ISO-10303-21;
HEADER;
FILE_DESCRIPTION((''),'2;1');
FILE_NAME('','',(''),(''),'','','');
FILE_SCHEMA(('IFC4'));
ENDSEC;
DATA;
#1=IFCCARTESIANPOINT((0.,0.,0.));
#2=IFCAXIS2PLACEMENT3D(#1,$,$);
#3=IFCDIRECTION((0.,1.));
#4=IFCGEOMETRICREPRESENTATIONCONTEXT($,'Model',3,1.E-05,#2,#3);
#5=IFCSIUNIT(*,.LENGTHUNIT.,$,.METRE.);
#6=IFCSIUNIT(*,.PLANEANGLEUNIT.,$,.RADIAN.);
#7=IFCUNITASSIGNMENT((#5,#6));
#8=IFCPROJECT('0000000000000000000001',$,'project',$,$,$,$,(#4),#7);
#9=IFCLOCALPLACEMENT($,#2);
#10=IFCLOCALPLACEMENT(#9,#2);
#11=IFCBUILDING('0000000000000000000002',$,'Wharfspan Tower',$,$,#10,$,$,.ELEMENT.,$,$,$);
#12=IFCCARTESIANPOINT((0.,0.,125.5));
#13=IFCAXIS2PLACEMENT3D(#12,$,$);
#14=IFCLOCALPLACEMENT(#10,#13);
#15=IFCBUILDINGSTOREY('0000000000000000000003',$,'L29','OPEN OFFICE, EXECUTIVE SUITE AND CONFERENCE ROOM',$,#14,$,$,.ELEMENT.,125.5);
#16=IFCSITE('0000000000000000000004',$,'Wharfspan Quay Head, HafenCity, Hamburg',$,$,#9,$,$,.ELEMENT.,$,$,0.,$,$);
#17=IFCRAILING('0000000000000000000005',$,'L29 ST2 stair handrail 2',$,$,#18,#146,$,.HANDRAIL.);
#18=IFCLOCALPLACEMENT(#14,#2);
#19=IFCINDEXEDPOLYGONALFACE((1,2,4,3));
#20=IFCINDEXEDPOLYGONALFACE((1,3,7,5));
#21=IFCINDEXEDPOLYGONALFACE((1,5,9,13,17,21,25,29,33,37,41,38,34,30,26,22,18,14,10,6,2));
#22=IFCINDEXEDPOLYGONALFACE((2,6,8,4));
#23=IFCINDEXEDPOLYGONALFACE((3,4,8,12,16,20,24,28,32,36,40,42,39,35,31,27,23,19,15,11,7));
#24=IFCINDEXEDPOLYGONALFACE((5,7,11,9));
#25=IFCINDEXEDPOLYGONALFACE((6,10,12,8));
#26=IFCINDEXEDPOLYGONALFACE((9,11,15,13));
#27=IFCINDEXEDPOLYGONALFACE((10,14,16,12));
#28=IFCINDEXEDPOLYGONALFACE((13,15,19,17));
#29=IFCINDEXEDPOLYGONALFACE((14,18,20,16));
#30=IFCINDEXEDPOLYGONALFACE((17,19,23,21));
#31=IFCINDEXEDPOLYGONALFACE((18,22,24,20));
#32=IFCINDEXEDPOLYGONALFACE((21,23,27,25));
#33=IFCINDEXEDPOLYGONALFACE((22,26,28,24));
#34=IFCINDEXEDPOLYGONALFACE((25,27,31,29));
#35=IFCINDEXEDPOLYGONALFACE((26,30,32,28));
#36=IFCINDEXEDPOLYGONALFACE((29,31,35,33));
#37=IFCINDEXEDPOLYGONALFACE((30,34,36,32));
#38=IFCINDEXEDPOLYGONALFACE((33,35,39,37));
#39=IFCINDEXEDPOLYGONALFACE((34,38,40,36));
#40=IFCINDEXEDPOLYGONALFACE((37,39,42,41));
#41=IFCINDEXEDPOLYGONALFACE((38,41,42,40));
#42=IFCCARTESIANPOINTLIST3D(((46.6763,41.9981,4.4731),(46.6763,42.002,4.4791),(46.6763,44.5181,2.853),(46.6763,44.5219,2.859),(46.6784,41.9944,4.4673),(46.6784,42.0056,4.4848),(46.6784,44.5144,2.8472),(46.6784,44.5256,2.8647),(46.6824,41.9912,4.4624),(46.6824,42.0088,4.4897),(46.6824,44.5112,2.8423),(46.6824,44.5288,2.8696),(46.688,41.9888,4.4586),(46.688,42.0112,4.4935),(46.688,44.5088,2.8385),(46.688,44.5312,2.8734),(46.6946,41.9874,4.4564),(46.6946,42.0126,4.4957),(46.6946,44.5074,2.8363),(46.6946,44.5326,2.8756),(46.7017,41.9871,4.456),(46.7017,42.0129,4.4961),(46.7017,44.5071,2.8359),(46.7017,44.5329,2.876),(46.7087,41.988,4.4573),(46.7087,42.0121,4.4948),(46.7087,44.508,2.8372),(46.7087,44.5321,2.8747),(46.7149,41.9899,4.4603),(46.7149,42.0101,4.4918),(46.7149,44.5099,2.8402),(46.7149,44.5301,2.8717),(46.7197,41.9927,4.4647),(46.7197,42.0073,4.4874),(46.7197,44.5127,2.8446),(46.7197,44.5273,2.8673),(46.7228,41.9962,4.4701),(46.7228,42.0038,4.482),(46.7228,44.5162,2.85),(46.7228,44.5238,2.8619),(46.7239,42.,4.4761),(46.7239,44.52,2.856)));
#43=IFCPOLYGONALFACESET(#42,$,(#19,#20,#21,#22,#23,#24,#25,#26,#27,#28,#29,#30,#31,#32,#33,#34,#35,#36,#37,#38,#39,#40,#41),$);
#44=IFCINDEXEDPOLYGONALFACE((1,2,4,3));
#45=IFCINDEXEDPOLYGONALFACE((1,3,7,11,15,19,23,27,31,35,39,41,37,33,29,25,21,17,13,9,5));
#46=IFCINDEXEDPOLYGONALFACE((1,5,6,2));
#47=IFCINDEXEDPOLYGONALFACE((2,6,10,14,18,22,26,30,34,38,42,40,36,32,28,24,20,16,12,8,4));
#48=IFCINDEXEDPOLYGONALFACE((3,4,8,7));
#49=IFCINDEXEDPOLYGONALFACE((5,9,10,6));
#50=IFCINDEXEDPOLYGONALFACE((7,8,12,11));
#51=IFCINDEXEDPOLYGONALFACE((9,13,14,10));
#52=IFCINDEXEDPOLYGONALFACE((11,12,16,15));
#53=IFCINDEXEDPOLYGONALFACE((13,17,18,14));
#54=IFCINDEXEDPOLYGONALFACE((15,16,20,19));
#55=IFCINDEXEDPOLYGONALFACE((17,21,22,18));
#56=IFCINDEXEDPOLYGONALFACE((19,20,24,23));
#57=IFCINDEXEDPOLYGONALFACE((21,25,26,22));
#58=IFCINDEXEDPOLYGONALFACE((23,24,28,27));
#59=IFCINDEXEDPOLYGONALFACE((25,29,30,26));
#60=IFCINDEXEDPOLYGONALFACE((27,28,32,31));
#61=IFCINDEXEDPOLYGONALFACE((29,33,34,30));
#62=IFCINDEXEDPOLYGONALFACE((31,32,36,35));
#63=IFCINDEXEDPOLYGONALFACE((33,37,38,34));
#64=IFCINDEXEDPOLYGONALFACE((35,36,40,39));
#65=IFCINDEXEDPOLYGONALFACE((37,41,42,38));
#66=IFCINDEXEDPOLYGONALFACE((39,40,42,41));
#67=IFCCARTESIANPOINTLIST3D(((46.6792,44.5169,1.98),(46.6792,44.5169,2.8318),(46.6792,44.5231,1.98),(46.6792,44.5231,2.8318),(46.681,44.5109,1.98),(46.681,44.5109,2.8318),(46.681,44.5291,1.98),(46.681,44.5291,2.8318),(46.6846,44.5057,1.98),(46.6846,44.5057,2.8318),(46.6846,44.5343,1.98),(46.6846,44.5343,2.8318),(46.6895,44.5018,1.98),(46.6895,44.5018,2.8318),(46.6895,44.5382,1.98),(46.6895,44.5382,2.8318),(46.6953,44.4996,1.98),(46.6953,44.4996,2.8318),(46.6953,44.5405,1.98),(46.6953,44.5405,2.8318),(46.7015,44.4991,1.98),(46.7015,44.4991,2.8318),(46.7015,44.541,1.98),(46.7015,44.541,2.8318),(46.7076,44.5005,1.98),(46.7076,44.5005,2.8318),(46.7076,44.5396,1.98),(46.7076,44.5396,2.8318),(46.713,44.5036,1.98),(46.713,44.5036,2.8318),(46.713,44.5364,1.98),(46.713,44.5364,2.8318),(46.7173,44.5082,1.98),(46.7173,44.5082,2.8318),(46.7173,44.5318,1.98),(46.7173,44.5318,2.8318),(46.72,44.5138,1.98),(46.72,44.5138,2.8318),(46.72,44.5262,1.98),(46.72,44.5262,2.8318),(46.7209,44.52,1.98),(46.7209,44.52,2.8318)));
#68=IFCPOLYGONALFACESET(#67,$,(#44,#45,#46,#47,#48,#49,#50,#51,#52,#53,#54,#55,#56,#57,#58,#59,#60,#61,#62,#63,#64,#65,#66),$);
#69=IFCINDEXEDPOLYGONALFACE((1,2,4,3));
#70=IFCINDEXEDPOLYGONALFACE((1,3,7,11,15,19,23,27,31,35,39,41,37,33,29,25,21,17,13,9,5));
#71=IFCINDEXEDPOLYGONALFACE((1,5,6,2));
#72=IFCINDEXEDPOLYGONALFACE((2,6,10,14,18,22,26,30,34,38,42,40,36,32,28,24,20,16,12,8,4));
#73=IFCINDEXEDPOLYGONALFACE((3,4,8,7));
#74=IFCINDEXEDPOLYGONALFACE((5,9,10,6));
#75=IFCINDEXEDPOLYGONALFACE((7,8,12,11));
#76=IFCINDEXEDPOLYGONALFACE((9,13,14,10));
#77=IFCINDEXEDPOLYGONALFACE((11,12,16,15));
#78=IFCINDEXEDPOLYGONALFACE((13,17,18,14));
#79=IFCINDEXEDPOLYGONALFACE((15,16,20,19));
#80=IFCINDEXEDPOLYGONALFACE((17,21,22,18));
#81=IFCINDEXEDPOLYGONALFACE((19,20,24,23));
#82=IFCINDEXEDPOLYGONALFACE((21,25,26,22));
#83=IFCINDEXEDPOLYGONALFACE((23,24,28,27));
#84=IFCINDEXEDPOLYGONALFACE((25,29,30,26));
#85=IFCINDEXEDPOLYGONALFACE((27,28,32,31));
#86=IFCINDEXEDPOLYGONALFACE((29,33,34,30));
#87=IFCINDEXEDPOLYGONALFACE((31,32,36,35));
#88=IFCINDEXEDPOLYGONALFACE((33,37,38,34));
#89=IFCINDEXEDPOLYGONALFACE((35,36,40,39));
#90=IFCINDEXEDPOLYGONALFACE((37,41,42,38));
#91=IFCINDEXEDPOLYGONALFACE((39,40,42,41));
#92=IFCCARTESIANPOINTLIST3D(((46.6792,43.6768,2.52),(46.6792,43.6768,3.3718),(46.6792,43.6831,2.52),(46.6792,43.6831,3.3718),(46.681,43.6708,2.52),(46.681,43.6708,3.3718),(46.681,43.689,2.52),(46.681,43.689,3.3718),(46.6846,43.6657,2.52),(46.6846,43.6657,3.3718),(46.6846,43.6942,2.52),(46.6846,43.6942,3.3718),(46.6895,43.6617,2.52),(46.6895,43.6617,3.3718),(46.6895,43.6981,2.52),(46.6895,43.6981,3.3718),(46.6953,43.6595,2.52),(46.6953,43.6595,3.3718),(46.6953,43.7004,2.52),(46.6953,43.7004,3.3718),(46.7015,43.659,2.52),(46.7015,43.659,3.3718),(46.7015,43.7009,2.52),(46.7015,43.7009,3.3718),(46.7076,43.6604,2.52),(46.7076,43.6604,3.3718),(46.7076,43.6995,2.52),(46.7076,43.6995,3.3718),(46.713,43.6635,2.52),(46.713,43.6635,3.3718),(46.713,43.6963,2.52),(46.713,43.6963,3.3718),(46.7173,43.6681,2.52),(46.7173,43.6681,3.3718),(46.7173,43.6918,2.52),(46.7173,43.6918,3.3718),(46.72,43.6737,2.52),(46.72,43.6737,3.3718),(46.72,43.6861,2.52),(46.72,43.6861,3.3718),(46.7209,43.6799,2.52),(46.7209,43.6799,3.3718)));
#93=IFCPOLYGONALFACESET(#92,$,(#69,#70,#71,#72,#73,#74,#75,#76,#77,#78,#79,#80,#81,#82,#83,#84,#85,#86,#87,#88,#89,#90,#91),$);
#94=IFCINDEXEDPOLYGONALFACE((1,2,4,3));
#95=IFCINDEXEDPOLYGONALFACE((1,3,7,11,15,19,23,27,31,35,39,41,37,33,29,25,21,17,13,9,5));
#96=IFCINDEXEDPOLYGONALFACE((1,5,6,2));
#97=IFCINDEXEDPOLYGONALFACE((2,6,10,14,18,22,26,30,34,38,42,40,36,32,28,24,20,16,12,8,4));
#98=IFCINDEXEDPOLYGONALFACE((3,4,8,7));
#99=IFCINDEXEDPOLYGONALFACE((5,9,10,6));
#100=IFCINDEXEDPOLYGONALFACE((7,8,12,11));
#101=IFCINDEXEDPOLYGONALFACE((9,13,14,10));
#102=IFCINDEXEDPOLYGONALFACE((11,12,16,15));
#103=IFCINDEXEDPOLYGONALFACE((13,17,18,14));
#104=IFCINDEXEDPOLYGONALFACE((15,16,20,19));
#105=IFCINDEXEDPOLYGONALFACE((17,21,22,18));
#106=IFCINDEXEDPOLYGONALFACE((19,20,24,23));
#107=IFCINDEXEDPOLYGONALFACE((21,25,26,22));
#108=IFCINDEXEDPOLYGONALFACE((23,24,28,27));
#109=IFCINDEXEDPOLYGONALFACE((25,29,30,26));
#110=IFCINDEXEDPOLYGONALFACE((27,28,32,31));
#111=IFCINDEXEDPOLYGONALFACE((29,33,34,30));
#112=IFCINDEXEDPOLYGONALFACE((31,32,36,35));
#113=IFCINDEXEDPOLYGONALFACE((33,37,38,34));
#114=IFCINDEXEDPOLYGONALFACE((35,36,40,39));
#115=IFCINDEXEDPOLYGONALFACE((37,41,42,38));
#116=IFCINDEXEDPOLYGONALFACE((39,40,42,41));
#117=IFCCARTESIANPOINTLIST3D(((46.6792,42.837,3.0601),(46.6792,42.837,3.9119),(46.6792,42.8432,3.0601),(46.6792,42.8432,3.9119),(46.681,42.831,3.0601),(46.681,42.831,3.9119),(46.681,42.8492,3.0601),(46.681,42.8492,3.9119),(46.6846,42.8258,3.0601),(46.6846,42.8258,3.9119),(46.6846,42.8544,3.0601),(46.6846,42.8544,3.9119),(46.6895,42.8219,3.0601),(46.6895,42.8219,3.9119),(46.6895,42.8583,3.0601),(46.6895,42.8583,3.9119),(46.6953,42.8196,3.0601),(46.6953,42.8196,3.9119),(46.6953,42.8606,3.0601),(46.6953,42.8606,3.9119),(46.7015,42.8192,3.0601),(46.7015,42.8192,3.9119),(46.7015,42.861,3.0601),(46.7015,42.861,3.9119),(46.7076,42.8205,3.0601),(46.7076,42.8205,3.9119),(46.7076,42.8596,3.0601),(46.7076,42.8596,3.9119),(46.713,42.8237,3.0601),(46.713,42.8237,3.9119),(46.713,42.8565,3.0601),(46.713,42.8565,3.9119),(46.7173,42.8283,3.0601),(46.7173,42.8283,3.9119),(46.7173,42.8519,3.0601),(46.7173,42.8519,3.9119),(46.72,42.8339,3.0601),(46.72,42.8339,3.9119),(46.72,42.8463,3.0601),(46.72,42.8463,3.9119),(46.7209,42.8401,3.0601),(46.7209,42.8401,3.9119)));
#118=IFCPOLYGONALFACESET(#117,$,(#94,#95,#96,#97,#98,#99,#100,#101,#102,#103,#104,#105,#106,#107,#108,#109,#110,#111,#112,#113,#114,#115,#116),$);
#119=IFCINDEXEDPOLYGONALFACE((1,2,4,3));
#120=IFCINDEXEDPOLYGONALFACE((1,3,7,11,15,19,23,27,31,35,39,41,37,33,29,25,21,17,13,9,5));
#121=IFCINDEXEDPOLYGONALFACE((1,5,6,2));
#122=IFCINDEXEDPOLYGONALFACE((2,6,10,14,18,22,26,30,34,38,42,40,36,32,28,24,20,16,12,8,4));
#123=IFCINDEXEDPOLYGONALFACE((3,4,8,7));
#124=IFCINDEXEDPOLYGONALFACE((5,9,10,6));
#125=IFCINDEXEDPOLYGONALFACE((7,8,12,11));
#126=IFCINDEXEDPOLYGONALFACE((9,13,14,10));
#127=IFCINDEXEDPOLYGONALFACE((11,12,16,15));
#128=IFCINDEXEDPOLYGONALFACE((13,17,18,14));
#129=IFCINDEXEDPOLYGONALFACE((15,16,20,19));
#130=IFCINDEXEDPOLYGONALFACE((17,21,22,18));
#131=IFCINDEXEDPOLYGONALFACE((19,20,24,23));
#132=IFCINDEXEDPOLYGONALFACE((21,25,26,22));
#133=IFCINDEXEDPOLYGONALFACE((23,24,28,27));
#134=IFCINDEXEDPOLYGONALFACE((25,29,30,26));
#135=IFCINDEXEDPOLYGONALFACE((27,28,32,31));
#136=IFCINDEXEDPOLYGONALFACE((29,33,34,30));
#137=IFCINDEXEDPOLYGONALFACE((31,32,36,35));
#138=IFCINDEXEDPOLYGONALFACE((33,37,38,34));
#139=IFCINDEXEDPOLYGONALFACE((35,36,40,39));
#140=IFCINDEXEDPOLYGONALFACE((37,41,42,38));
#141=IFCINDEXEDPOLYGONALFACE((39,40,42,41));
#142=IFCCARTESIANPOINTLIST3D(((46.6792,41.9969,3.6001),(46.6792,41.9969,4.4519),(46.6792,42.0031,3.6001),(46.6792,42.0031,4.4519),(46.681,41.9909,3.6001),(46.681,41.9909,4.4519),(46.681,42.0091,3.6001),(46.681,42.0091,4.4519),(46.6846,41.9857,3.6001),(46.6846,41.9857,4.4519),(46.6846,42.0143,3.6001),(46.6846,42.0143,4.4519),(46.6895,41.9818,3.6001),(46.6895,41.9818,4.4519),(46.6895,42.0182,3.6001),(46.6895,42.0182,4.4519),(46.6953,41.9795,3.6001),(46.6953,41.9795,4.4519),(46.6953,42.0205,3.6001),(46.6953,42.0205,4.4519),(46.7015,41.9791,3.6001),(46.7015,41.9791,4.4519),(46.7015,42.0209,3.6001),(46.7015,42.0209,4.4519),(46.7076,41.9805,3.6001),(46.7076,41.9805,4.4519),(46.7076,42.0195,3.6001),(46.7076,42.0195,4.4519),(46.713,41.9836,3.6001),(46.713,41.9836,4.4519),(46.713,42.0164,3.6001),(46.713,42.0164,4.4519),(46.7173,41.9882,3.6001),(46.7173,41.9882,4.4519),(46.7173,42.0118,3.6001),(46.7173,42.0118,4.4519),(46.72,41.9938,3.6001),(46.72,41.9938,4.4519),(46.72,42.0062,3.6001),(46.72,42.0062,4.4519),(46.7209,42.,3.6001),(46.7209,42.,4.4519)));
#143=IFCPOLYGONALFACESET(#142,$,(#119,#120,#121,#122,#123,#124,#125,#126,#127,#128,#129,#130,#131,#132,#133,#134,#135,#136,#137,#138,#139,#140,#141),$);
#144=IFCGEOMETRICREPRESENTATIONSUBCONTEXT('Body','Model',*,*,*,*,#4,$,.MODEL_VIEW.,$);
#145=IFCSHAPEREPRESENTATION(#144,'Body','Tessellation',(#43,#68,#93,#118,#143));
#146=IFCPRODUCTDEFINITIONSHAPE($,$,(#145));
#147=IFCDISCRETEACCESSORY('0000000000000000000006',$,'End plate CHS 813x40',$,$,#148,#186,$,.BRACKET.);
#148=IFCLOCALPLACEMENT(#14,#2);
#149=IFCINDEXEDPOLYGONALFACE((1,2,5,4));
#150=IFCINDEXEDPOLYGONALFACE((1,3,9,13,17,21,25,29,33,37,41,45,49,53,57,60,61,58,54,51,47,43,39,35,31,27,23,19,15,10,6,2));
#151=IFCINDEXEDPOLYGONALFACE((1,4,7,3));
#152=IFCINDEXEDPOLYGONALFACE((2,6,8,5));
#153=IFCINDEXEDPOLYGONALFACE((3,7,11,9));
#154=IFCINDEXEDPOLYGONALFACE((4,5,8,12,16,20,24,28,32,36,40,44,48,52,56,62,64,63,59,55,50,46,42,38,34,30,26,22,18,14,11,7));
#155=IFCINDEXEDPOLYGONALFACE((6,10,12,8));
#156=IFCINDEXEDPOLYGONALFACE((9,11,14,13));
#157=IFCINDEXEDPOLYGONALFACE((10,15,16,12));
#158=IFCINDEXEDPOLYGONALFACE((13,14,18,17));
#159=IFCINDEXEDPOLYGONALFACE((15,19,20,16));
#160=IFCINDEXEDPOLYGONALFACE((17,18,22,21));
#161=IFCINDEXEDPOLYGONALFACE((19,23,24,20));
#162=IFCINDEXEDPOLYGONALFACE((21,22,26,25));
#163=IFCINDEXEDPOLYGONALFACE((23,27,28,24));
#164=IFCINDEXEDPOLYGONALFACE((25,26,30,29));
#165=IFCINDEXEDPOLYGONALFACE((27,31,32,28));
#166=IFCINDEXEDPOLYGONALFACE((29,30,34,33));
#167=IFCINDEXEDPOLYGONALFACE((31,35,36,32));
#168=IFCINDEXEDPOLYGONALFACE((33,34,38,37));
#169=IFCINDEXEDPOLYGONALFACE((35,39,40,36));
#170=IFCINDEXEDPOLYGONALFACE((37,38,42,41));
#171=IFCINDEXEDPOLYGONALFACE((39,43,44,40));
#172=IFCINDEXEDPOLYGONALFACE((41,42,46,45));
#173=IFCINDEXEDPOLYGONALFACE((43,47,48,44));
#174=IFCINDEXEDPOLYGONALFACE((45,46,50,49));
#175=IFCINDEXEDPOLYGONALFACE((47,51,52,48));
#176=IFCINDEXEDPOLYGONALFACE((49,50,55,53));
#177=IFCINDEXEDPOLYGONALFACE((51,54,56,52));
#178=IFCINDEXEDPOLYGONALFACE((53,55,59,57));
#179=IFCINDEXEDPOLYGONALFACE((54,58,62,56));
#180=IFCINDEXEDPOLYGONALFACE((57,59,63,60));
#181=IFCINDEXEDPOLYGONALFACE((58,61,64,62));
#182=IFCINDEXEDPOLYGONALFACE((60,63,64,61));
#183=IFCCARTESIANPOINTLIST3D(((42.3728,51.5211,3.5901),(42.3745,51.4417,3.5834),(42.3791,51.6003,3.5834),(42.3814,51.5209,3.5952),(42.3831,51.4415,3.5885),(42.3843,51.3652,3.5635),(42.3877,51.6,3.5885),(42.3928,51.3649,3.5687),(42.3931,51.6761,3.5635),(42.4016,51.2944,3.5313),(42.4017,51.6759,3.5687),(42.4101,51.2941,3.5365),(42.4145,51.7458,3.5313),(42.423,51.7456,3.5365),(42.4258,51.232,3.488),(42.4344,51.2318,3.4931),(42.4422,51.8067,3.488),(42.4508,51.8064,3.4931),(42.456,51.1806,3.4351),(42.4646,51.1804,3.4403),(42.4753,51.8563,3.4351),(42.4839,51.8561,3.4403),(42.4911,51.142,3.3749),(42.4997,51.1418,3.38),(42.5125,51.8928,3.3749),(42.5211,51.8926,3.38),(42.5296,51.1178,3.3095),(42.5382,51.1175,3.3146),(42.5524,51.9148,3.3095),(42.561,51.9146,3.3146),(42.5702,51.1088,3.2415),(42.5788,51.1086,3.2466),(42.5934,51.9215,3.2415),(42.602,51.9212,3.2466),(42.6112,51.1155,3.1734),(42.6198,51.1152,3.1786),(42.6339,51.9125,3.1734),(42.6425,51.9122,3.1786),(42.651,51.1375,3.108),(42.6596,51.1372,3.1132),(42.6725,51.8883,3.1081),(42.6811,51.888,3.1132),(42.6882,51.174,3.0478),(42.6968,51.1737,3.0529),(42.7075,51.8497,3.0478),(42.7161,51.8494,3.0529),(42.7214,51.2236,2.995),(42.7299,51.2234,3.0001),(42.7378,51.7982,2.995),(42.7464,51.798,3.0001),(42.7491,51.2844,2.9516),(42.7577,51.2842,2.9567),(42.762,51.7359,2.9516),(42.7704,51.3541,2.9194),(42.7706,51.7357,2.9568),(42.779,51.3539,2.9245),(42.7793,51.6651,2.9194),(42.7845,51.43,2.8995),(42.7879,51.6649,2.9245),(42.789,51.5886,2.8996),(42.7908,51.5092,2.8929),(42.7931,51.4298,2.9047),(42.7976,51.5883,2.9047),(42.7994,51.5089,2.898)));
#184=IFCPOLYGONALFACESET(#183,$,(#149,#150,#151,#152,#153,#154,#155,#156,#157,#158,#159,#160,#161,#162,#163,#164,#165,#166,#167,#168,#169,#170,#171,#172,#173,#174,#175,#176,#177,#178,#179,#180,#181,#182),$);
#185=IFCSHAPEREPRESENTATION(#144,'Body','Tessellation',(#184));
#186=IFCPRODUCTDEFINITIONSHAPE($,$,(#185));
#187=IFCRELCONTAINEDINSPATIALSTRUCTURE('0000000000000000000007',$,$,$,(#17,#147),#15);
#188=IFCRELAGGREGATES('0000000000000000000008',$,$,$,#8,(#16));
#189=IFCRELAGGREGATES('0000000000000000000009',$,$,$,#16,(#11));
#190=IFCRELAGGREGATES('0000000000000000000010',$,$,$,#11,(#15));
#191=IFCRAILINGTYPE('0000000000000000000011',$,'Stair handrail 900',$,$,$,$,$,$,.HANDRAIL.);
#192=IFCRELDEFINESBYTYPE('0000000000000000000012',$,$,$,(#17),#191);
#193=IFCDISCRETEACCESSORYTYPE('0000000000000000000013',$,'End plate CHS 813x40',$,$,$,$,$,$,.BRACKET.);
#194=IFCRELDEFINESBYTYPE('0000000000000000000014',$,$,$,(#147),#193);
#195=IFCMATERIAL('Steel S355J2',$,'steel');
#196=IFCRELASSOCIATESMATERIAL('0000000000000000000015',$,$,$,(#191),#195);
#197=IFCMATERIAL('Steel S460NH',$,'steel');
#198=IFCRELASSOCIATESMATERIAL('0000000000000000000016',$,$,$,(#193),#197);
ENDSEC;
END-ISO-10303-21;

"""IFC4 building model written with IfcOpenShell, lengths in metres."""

from ifc_helpers import new_model, si_unit, direction, frame, origin, origin_2d, place, context, subcontext, project, spatial, circle, extrude, material, material_profile, profile_set, type_object, element, save


model = new_model("IFC4")

# Units and contexts
model_context = context("Model", 3, precision=1e-05, world=origin(), true_north=direction((0.0, 1.0)))
body_context = subcontext(model_context, "Body", "Model", "MODEL_VIEW")
ifc_project = project(units=[si_unit("LENGTHUNIT", "METRE"), si_unit("PLANEANGLEUNIT", "RADIAN")], contexts=[model_context])

# Site, building, storey
site_placement = place(None, origin())
site = spatial("IfcSite", under=ifc_project, at=site_placement, Name="Wharfspan Quay Head, HafenCity, Hamburg", CompositionType="ELEMENT", RefElevation=0.0)
building_placement = place(site_placement, origin())
building = spatial("IfcBuilding", under=site, at=building_placement, Name="Wharfspan Tower", CompositionType="ELEMENT")
storey_placement = place(building_placement, frame((0.0, 0.0, 125.5)))
storey = spatial("IfcBuildingStorey", under=building, at=storey_placement, Name="L29", Description="OPEN OFFICE, EXECUTIVE SUITE AND CONFERENCE ROOM", CompositionType="ELEMENT", Elevation=125.5)

# Shared definitions
ifc_material_1 = material(Name="Steel S355J2", Category="steel")

# Shared definitions
ifc_material_2 = material(Name="Steel S460NH", Category="steel")

# Railing
railing_type_1 = type_object("IfcRailingType", Name="Stair handrail 900", PredefinedType="HANDRAIL", material=ifc_material_1)
railing_1_placement = place(storey_placement, frame((46.7, 44.52, 1.98)))
element("IfcRailing", 1, at=railing_1_placement, inside=storey, type_object=railing_type_1, Name="L29 ST2 stair handrail 2", PredefinedType="HANDRAIL", context=body_context, shape_type="SweptSolid", body=[
    extrude(circle(Radius=0.0239, at=origin_2d()), frame((0.0, 0.0, 0.876), z_axis=(0.0, -0.841163, 0.540782), x_axis=(1.0, 0.0, 0.0)), (0.0, 0.0, 1.0), 2.9958),
    extrude(circle(Radius=0.021, at=origin_2d()), origin(), (0.0, 0.0, 1.0), 0.8518),
    extrude(circle(Radius=0.021, at=origin_2d()), frame((0.0, -0.8401, 0.54)), (0.0, 0.0, 1.0), 0.8518),
    extrude(circle(Radius=0.021, at=origin_2d()), frame((0.0, -1.6799, 1.0801)), (0.0, 0.0, 1.0), 0.8518),
    extrude(circle(Radius=0.021, at=origin_2d()), frame((0.0, -2.52, 1.6201)), (0.0, 0.0, 1.0), 0.8518),
])

# Discrete accessory
ifc_material_profile_1 = material_profile(ifc_material_2, circle(Radius=0.4065, at=origin_2d()))
ifc_profile_set_1 = profile_set([ifc_material_profile_1], Name="Steel S460NH")
discrete_accessory_type = type_object("IfcDiscreteAccessoryType", Name="End plate CHS 813x40", PredefinedType="BRACKET", material=ifc_profile_set_1)
for number, where, z_axis, x_axis, name in (
    (2, (42.5818, 51.5151, 3.2415), (0.857236, -0.024492, 0.514341), (0.028558, 0.999591, 0.000002), "End plate CHS 813x40"),
):
    element("IfcDiscreteAccessory", number, at=place(storey_placement, frame(where, z_axis=z_axis, x_axis=x_axis)), inside=storey, type_object=discrete_accessory_type, Name=name, PredefinedType="BRACKET", context=body_context, shape_type="SweptSolid", body=[
        extrude(circle(Radius=0.4065, at=origin_2d()), origin(), (0.0, 0.0, 1.0), 0.01),
    ])

save(model, "model.ifc")
